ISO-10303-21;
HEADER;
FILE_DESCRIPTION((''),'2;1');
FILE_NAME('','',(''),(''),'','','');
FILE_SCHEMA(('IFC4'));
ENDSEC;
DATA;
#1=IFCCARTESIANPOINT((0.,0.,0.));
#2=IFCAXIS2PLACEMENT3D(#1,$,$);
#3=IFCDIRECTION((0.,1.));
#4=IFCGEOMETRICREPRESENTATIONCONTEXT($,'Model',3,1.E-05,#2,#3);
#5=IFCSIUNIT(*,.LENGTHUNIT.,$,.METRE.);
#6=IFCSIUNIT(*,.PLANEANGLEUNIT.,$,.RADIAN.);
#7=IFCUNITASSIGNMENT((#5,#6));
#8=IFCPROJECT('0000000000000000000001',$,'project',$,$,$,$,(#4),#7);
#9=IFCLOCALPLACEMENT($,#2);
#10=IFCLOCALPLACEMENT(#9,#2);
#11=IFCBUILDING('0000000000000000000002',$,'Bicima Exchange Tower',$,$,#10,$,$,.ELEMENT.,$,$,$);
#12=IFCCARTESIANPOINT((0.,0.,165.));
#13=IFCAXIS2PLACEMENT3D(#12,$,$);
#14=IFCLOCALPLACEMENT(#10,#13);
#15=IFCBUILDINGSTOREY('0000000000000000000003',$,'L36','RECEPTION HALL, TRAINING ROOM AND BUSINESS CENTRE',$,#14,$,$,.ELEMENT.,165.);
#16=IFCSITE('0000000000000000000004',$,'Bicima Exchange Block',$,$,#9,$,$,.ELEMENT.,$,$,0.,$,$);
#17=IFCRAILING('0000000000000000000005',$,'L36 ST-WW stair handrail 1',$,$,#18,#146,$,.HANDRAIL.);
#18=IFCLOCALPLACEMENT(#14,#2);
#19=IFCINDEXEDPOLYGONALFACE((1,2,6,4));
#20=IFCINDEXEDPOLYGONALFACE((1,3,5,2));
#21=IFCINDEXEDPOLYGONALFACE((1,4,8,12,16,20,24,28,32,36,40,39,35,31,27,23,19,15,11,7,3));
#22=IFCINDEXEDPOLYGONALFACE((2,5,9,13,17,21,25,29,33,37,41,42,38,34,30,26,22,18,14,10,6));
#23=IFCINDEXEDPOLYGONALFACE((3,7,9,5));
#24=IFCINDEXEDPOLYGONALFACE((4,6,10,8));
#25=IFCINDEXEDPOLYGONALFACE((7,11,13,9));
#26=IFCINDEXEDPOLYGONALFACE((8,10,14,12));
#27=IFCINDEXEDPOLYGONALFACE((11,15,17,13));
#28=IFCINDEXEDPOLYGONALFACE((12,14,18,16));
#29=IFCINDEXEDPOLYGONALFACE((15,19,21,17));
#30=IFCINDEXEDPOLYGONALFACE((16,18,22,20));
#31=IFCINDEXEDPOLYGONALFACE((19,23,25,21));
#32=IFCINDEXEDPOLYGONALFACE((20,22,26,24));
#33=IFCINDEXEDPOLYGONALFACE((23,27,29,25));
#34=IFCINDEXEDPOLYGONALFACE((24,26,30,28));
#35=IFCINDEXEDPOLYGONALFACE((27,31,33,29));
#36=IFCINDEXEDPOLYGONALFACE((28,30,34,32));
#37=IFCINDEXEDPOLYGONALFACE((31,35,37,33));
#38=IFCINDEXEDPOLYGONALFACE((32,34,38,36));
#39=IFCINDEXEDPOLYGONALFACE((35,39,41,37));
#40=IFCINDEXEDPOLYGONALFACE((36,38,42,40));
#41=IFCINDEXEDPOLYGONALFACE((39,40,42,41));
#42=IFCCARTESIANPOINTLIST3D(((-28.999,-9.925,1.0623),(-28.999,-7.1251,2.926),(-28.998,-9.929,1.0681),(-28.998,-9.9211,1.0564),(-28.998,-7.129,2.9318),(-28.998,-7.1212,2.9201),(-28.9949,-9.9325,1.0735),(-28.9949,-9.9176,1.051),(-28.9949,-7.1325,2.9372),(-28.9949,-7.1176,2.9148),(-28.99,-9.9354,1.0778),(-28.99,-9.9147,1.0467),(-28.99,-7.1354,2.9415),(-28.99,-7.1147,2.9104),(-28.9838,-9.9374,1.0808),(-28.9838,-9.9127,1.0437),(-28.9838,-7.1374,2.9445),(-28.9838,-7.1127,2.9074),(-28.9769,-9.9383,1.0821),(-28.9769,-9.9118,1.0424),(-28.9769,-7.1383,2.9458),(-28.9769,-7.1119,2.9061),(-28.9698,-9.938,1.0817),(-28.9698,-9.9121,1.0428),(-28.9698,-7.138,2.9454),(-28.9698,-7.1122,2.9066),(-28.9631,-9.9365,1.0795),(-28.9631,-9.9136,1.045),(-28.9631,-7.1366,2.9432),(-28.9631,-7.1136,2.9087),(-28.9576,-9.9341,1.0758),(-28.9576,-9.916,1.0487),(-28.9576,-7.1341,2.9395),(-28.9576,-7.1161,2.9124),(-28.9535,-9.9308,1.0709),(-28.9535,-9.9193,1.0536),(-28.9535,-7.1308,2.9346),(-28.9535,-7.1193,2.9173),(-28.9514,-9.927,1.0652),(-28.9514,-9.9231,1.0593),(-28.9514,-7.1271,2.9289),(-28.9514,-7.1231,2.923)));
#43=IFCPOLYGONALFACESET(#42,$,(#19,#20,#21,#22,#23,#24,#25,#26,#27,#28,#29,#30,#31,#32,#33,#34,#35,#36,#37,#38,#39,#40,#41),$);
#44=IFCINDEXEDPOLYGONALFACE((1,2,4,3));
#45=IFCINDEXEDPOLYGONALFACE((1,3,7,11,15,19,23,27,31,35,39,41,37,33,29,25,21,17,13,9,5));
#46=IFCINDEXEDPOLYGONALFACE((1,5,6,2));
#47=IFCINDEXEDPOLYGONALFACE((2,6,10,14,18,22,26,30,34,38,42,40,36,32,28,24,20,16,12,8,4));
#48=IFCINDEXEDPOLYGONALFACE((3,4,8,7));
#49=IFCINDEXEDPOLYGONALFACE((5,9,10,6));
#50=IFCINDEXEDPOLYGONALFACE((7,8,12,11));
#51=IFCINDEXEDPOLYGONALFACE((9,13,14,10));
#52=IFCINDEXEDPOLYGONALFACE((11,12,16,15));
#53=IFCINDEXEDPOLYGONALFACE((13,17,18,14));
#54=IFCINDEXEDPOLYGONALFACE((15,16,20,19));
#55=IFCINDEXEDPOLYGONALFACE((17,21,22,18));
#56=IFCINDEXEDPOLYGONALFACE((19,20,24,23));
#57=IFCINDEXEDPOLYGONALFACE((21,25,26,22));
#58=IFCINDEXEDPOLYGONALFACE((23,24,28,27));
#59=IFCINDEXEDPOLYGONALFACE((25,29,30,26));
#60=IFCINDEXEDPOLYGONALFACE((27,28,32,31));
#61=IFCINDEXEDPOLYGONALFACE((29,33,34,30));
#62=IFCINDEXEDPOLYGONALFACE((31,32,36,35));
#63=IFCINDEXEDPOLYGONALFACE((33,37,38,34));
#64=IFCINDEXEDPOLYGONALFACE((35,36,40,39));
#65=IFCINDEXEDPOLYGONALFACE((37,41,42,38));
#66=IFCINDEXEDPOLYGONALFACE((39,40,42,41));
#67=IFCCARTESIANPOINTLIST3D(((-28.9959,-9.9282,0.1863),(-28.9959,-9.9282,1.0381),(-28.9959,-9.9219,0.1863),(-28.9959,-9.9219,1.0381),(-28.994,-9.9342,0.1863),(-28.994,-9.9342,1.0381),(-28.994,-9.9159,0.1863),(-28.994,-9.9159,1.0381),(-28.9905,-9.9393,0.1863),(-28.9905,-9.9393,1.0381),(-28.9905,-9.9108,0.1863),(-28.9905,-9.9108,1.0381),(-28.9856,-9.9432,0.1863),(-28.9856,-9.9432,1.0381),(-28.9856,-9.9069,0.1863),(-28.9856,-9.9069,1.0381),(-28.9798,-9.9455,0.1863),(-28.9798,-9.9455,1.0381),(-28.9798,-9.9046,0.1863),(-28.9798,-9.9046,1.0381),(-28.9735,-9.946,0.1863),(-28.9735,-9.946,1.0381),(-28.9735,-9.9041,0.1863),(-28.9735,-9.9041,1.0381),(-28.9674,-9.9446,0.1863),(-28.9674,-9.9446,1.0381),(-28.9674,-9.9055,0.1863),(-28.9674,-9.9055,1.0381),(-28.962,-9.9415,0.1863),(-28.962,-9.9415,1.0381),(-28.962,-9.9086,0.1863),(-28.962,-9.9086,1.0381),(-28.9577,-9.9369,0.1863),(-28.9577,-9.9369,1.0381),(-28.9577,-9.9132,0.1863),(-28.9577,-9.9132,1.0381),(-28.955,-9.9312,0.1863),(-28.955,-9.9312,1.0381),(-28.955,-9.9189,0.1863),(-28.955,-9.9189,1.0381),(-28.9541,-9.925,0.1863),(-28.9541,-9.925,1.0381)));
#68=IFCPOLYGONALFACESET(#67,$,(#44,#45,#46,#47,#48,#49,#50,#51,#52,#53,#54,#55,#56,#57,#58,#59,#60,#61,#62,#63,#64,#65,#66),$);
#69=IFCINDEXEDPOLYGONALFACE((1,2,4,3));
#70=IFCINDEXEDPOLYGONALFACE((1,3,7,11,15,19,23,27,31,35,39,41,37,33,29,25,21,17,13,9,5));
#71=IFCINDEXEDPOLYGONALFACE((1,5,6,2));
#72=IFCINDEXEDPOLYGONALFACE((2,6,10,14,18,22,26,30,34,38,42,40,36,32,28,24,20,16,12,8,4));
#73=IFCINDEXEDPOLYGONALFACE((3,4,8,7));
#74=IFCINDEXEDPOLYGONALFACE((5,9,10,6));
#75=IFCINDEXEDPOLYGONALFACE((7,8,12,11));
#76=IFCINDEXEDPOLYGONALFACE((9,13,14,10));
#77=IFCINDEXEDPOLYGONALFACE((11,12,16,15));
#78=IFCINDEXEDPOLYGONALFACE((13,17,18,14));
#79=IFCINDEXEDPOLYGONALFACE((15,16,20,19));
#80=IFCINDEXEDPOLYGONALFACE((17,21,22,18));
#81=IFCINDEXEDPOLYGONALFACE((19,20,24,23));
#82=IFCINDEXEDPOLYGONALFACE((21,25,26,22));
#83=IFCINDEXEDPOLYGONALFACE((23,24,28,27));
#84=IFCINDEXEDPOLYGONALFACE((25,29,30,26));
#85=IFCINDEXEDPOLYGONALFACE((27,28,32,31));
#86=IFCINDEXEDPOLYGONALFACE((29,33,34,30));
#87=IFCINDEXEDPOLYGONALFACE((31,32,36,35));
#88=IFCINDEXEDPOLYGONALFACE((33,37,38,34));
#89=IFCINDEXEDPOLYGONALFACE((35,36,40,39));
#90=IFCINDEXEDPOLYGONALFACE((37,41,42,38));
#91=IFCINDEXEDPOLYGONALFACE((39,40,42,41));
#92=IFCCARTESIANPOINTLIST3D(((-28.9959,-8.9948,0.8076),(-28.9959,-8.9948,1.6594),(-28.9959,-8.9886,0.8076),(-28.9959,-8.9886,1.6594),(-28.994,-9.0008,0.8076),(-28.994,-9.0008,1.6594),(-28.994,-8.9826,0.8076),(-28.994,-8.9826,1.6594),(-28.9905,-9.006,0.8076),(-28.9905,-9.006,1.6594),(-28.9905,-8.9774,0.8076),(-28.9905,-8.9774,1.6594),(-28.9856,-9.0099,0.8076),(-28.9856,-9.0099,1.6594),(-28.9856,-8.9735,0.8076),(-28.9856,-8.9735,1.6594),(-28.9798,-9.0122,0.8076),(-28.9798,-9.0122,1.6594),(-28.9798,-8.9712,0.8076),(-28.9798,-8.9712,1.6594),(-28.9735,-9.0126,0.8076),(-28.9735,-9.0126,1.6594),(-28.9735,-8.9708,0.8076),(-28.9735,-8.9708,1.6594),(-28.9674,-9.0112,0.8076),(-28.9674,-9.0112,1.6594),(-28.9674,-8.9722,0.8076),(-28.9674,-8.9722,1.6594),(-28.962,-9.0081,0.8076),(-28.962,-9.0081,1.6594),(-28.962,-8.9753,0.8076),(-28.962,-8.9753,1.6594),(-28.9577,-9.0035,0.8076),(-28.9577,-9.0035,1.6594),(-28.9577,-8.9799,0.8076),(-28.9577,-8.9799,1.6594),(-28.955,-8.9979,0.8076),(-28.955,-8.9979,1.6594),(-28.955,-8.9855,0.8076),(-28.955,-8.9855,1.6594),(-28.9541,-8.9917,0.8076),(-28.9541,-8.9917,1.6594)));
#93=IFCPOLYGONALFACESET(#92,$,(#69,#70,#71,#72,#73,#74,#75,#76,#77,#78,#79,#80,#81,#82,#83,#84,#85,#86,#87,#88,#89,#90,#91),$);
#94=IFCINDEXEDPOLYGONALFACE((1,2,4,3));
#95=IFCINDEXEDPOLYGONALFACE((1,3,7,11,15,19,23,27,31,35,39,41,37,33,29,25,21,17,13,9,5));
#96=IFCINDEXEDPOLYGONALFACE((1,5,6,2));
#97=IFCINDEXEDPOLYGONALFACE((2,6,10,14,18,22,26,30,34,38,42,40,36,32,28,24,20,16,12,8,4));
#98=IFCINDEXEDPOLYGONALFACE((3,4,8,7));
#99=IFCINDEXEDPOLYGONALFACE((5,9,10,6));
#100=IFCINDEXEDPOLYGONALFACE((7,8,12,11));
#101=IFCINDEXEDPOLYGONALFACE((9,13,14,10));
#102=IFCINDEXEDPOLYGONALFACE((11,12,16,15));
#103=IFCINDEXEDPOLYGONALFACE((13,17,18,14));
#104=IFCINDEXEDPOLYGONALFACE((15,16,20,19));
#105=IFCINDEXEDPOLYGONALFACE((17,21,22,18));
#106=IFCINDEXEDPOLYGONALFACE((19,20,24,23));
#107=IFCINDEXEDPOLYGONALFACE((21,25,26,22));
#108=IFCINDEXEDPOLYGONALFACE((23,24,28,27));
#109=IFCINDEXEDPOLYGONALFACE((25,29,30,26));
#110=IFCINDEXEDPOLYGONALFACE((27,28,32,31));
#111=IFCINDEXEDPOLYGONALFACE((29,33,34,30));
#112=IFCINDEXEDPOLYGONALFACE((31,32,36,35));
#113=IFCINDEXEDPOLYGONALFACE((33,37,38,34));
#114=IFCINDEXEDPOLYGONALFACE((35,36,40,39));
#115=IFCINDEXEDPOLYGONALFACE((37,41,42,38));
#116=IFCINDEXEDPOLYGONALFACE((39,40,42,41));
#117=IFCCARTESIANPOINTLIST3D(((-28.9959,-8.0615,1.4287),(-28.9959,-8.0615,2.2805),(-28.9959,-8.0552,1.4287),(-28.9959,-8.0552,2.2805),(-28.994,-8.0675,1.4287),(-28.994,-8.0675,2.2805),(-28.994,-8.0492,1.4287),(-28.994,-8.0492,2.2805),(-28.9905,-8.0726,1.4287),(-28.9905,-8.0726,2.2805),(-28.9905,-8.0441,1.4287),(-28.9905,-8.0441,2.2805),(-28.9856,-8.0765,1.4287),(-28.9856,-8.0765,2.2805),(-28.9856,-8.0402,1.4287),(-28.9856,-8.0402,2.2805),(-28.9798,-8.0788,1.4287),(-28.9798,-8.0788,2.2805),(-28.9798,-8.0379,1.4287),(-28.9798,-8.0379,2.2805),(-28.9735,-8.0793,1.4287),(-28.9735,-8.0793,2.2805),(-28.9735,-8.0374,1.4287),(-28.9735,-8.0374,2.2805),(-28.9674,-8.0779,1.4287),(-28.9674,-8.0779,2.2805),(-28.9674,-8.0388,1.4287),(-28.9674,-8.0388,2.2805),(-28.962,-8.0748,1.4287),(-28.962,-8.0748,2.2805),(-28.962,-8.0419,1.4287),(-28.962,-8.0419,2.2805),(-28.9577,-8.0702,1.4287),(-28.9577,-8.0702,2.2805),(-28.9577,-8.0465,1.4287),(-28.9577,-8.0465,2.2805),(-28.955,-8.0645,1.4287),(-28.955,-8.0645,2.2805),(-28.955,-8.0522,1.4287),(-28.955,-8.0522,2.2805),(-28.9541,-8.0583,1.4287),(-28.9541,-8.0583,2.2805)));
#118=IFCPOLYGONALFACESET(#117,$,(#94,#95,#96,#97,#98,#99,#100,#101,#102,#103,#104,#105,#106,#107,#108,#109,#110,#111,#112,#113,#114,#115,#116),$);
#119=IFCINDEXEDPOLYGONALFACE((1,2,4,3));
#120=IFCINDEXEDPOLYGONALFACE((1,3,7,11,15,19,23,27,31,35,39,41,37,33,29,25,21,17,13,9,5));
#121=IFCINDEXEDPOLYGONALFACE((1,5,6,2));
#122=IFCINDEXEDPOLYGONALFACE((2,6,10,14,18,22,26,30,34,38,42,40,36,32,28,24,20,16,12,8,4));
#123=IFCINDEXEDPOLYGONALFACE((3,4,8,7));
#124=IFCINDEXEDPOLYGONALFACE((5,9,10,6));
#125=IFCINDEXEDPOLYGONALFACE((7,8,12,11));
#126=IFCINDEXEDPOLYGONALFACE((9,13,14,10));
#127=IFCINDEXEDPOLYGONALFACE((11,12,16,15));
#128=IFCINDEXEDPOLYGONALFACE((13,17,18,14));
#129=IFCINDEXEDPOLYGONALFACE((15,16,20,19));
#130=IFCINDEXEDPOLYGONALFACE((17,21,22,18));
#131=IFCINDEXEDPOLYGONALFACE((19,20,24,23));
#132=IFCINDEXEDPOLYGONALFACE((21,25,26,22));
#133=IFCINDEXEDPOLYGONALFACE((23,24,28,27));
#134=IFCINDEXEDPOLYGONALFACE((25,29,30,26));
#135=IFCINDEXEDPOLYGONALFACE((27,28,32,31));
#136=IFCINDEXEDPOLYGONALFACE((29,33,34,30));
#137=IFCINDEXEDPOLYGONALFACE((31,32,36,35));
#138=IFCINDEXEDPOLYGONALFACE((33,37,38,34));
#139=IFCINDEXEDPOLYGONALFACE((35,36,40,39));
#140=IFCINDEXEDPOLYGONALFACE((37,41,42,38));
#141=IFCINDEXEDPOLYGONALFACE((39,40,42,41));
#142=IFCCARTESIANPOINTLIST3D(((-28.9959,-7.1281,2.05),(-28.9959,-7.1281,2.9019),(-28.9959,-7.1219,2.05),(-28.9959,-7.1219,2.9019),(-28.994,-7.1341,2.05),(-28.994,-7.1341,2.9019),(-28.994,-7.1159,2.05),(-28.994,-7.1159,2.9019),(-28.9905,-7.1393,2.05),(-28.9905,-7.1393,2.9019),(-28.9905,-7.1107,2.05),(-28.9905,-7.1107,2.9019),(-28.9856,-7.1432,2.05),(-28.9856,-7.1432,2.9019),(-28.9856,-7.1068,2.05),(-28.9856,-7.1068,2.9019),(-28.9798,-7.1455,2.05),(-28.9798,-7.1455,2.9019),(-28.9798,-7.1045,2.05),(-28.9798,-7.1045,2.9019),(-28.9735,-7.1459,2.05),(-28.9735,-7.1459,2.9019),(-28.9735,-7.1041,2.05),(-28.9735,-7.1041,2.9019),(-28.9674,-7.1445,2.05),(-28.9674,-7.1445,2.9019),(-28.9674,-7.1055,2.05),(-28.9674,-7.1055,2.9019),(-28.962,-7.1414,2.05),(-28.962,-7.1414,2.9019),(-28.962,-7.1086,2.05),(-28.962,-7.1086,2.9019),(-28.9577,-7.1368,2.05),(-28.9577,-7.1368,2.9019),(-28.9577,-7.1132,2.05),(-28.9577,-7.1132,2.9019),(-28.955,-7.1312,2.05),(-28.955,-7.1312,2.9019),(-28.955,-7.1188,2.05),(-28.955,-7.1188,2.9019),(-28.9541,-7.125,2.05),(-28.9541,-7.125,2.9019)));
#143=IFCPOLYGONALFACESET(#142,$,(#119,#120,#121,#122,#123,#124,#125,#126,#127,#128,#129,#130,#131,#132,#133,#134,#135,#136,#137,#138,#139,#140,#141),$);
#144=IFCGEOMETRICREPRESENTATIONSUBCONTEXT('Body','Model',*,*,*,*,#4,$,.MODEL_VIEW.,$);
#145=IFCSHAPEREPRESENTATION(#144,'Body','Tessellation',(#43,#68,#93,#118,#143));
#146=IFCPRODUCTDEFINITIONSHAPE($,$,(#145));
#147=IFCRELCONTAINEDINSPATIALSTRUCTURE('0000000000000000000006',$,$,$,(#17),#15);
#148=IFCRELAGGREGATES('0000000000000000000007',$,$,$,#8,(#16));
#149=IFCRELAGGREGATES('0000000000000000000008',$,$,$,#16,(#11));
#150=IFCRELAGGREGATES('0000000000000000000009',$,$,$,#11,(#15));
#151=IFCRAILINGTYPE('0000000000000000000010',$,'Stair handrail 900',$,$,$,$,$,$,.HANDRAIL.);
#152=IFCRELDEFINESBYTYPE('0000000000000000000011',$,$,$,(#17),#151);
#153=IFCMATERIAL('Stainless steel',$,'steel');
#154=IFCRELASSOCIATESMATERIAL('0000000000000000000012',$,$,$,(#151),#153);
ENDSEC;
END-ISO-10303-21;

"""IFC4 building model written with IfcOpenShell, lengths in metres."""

from ifc_helpers import new_model, si_unit, direction, frame, origin, origin_2d, place, context, subcontext, project, spatial, circle, extrude, material, type_object, element, save


model = new_model("IFC4")

# Units and contexts
model_context = context("Model", 3, precision=1e-05, world=origin(), true_north=direction((0.0, 1.0)))
body_context = subcontext(model_context, "Body", "Model", "MODEL_VIEW")
ifc_project = project(units=[si_unit("LENGTHUNIT", "METRE"), si_unit("PLANEANGLEUNIT", "RADIAN")], contexts=[model_context])

# Site, building, storey
site_placement = place(None, origin())
site = spatial("IfcSite", under=ifc_project, at=site_placement, Name="Bicima Exchange Block", CompositionType="ELEMENT", RefElevation=0.0)
building_placement = place(site_placement, origin())
building = spatial("IfcBuilding", under=site, at=building_placement, Name="Bicima Exchange Tower", CompositionType="ELEMENT")
storey_placement = place(building_placement, frame((0.0, 0.0, 165.0)))
storey = spatial("IfcBuildingStorey", under=building, at=storey_placement, Name="L36", Description="RECEPTION HALL, TRAINING ROOM AND BUSINESS CENTRE", CompositionType="ELEMENT", Elevation=165.0)

# Railing
ifc_material_1 = material(Name="Stainless steel", Category="steel")
railing_type_1 = type_object("IfcRailingType", Name="Stair handrail 900", PredefinedType="HANDRAIL", material=ifc_material_1)
railing_1_placement = place(storey_placement, frame((-28.9751, -9.925, 0.1863)))
element("IfcRailing", 1, at=railing_1_placement, inside=storey, type_object=railing_type_1, Name="L36 ST-WW stair handrail 1", PredefinedType="HANDRAIL", context=body_context, shape_type="SweptSolid", body=[
    extrude(circle(Radius=0.0239, at=origin_2d()), frame((0.0, 0.0, 0.876), z_axis=(0.0, 0.832452, 0.554097), x_axis=(-1.0, 0.0, 0.0)), (0.0, 0.0, 1.0), 3.3635),
    extrude(circle(Radius=0.021, at=origin_2d()), origin(), (0.0, 0.0, 1.0), 0.8518),
    extrude(circle(Radius=0.021, at=origin_2d()), frame((0.0, 0.9333, 0.6213)), (0.0, 0.0, 1.0), 0.8518),
    extrude(circle(Radius=0.021, at=origin_2d()), frame((0.0, 1.8667, 1.2424)), (0.0, 0.0, 1.0), 0.8518),
    extrude(circle(Radius=0.021, at=origin_2d()), frame((0.0, 2.8, 1.8638)), (0.0, 0.0, 1.0), 0.8518),
])

save(model, "model.ifc")
